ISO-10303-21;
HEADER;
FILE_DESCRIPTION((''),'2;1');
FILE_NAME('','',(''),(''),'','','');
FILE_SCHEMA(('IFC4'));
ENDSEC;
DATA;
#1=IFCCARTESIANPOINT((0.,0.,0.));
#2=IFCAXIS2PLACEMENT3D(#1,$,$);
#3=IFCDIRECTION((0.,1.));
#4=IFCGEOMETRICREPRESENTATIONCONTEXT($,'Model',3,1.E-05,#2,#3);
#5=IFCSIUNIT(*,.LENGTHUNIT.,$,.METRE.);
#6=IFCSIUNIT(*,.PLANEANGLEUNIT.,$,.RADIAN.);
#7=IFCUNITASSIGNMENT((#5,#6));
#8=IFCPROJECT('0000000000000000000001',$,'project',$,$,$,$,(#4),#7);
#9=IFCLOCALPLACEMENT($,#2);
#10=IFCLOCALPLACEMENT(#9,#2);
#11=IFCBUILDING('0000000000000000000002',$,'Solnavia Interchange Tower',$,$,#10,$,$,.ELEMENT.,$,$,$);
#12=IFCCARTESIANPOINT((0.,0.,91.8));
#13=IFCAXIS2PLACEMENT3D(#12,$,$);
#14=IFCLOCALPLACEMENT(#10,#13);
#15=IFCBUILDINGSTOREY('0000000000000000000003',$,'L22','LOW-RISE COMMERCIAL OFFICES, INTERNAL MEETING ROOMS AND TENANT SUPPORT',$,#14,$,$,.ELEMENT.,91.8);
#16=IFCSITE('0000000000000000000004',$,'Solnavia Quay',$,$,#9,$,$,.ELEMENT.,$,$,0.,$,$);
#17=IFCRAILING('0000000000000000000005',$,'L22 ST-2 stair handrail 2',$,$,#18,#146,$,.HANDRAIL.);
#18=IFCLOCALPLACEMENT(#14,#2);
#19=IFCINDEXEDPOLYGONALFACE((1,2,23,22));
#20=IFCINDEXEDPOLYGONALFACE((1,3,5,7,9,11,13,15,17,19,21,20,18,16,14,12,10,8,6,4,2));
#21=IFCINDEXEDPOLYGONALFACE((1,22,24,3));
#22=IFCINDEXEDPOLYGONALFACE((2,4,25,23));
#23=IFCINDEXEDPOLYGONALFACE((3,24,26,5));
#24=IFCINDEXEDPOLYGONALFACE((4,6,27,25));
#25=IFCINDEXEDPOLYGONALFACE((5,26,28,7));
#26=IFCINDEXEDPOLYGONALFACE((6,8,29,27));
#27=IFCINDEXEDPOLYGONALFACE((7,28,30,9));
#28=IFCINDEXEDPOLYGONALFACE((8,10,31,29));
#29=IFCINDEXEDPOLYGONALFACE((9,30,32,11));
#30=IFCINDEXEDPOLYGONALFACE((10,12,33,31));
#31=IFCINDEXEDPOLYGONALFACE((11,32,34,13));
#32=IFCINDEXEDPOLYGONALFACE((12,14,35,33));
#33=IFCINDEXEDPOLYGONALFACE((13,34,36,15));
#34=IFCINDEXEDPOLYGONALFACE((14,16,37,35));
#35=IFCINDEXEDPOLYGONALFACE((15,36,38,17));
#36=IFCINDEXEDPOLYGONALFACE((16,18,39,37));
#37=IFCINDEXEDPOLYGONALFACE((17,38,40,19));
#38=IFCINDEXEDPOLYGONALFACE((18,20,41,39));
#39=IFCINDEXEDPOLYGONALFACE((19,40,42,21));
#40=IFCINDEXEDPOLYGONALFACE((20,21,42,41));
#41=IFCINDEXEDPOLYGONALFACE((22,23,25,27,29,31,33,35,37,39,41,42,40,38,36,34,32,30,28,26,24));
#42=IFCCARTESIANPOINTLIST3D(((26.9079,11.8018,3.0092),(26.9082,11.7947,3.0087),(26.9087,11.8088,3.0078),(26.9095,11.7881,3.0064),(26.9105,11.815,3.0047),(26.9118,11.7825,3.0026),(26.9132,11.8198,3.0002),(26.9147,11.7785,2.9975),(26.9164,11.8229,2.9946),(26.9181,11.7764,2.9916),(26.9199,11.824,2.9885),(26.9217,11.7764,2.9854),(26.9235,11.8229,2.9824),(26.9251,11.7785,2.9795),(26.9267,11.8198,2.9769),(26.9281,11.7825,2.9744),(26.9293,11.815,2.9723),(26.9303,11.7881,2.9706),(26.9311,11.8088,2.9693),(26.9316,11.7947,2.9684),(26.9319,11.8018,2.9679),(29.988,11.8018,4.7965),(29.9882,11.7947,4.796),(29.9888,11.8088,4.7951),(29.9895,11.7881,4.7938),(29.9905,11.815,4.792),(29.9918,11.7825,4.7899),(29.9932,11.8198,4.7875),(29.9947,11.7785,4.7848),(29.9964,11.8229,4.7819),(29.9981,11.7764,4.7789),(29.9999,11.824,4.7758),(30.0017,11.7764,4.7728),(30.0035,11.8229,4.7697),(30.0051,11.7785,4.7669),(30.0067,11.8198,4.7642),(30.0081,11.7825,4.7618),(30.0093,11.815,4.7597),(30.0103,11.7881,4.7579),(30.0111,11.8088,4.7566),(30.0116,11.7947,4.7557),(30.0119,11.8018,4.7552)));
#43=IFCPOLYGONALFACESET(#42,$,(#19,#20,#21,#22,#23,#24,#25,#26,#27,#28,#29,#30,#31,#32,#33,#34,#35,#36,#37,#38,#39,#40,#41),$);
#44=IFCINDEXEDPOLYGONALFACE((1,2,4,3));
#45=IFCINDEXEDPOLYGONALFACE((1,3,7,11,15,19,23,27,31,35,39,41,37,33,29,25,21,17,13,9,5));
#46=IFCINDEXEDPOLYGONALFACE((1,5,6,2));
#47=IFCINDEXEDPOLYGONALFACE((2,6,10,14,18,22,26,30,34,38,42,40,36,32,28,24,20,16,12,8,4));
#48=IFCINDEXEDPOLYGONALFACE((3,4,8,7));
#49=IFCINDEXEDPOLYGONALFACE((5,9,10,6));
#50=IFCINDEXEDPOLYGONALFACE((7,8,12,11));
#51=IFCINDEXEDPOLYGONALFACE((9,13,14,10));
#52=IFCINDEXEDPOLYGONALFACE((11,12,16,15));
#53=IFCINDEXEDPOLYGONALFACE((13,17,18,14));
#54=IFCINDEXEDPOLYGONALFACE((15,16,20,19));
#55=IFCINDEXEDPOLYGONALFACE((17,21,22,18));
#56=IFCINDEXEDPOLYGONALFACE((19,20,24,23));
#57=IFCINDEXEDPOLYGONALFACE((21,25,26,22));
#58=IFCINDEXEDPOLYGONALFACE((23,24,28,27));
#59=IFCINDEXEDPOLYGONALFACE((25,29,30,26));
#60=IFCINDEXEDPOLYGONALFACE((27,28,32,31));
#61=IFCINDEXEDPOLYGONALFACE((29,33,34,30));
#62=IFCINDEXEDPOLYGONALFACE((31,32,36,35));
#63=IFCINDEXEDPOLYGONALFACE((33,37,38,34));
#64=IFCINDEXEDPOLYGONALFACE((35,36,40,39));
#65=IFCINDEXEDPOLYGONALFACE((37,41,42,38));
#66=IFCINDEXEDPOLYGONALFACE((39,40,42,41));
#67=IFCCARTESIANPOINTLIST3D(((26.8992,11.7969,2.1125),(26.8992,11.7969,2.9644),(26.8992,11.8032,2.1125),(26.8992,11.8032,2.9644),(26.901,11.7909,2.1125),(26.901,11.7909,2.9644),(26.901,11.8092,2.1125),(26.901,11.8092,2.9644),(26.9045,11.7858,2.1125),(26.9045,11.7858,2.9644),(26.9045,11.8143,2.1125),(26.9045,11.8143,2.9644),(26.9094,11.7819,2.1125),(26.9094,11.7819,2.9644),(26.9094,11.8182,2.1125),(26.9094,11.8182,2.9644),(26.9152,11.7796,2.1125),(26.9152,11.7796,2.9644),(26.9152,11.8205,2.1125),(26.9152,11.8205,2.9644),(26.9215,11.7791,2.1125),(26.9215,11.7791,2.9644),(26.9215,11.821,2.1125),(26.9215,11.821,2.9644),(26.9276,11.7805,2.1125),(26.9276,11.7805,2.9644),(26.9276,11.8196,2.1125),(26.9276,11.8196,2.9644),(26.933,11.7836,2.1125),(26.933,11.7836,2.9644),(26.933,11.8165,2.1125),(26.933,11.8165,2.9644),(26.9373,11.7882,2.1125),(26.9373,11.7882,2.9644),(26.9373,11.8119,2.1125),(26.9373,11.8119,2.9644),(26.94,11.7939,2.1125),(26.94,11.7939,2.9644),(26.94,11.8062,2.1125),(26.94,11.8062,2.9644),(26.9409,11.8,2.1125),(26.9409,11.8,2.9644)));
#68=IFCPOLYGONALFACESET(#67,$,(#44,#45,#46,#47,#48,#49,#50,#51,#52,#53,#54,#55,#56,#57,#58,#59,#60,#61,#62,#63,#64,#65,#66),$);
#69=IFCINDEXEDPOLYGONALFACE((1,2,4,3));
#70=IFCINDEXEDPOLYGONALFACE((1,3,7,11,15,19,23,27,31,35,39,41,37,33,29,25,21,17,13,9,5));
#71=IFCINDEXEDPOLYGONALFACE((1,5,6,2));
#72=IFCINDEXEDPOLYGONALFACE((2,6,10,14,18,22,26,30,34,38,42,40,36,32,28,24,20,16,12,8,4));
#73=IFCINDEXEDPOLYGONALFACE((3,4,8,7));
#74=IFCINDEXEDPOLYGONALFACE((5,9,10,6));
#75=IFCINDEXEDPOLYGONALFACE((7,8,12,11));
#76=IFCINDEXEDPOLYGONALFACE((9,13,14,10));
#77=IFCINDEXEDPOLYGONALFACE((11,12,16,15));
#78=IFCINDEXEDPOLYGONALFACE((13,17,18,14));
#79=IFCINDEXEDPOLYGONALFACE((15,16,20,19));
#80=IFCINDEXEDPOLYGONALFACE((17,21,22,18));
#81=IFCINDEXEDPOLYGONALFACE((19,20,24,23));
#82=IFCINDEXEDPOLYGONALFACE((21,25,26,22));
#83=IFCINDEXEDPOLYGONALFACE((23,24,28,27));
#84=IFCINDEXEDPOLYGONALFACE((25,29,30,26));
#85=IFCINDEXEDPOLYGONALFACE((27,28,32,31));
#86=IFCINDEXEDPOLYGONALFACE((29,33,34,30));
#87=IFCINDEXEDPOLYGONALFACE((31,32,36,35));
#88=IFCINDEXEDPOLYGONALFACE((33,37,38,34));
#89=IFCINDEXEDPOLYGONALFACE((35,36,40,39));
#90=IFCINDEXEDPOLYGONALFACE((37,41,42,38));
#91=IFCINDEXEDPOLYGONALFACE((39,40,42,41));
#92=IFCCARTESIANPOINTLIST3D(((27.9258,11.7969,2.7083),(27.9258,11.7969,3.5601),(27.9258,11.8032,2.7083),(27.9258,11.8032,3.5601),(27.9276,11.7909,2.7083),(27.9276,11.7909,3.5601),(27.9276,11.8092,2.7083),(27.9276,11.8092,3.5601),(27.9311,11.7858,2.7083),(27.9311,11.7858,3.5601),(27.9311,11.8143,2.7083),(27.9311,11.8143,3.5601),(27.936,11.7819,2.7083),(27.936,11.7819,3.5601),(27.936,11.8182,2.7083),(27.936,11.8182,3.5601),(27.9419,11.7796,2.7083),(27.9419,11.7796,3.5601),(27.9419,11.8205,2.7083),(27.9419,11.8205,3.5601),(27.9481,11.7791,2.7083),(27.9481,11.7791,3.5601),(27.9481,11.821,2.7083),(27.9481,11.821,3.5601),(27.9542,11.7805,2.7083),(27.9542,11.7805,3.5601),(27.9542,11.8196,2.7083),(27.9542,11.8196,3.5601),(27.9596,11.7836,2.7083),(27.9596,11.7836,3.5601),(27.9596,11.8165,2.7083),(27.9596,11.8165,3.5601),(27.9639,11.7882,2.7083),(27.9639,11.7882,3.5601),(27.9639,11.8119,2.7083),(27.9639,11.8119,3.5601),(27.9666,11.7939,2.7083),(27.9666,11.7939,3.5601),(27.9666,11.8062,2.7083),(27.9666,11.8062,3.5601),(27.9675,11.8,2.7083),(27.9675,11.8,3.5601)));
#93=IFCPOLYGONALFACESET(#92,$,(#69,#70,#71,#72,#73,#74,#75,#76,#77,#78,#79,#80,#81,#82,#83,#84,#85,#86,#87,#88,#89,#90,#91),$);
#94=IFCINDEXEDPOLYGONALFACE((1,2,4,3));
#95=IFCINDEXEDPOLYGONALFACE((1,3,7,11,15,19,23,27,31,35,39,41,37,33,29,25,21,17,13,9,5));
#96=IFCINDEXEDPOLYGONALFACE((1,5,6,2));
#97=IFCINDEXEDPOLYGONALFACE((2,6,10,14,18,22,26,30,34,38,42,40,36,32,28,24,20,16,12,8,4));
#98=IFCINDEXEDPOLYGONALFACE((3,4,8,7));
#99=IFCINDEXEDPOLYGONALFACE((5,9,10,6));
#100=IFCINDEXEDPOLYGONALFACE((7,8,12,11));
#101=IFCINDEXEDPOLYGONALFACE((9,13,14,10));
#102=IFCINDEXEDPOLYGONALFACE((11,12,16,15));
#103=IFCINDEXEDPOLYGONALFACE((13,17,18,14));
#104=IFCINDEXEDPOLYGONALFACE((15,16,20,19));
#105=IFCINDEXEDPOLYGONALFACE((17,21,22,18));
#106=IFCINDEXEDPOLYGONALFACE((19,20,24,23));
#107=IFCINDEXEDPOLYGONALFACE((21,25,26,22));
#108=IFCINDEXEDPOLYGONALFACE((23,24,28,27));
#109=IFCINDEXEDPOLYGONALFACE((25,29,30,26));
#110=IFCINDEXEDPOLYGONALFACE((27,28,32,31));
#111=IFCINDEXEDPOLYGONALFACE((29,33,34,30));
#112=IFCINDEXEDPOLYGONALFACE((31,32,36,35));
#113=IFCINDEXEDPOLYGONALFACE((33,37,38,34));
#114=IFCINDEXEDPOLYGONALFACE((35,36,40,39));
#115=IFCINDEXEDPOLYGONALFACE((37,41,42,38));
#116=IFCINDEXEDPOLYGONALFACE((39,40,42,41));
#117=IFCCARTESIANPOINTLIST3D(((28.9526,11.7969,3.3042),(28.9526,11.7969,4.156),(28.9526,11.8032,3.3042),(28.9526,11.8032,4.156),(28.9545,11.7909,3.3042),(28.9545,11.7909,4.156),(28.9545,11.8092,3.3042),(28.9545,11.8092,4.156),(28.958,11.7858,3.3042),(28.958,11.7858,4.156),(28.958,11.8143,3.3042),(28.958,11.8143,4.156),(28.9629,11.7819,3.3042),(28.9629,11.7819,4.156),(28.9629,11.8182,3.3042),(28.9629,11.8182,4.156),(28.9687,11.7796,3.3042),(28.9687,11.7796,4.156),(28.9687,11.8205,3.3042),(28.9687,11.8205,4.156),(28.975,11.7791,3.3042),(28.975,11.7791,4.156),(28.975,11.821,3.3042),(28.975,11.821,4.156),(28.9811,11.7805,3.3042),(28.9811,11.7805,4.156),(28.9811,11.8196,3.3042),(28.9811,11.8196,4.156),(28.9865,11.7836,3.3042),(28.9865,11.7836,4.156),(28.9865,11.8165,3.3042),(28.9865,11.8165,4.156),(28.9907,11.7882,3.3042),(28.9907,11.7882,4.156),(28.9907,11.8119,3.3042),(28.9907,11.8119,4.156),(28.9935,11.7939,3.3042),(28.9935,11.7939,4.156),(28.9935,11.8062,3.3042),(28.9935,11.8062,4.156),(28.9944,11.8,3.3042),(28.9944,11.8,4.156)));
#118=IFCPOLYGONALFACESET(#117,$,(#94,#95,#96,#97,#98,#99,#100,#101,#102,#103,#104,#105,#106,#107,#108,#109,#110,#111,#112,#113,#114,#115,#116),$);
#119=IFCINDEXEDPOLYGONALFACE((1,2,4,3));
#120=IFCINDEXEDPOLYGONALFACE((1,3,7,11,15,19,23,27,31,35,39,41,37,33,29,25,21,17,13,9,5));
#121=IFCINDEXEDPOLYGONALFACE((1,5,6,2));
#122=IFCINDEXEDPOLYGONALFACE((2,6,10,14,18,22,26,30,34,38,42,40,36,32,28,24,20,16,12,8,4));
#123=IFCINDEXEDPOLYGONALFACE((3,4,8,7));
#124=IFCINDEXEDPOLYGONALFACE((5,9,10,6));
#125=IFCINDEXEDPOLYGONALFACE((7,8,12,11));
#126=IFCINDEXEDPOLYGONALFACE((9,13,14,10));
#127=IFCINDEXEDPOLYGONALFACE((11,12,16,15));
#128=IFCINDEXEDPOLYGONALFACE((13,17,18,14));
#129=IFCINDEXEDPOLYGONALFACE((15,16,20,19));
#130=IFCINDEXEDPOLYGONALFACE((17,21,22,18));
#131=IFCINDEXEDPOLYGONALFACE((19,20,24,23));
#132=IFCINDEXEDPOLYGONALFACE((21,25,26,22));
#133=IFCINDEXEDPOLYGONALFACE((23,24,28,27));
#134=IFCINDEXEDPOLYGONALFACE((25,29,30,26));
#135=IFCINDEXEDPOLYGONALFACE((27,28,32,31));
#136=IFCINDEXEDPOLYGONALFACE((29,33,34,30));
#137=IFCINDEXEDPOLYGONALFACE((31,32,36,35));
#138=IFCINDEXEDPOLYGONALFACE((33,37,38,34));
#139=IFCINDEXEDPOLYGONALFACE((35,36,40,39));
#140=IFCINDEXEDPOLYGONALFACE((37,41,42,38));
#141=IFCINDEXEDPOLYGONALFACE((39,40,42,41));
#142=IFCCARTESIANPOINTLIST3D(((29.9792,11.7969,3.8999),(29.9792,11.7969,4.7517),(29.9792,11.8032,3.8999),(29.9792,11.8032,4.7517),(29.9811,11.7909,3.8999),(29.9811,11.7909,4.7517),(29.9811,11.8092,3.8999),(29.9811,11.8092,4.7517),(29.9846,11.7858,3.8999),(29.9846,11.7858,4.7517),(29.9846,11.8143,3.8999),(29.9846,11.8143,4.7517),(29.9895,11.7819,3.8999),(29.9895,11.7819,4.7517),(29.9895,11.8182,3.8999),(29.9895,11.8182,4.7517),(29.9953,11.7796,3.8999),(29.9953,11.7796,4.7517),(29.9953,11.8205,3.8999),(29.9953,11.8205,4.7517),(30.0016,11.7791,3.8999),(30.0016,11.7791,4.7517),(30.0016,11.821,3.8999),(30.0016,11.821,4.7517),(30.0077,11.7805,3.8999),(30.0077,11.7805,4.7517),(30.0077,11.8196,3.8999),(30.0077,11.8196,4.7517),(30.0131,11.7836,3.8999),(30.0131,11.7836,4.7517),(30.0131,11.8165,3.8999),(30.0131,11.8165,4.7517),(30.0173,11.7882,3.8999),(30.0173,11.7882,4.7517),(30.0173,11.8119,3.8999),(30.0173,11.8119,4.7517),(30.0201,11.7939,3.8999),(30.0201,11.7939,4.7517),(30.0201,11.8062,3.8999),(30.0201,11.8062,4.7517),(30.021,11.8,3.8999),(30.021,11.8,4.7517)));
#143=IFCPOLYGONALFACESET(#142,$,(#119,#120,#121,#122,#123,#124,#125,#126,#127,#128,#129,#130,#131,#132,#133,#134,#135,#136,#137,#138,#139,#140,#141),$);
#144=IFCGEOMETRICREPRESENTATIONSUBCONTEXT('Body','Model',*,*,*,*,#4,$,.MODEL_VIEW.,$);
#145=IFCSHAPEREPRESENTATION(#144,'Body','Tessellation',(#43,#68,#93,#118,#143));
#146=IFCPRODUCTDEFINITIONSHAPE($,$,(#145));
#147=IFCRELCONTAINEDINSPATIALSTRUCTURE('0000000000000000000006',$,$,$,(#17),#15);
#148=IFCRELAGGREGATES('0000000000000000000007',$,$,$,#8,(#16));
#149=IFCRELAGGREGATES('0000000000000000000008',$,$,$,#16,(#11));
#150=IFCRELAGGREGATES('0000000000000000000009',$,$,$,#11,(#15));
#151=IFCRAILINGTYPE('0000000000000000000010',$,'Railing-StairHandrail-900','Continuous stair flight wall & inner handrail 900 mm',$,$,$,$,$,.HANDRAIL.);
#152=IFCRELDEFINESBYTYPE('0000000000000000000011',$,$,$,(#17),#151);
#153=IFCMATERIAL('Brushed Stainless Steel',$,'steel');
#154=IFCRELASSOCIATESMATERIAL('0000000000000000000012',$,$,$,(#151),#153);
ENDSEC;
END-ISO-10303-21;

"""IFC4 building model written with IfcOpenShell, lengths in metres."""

from ifc_helpers import new_model, si_unit, direction, frame, origin, origin_2d, place, context, subcontext, project, spatial, circle, extrude, material, type_object, element, save


model = new_model("IFC4")

# Units and contexts
model_context = context("Model", 3, precision=1e-05, world=origin(), true_north=direction((0.0, 1.0)))
body_context = subcontext(model_context, "Body", "Model", "MODEL_VIEW")
ifc_project = project(units=[si_unit("LENGTHUNIT", "METRE"), si_unit("PLANEANGLEUNIT", "RADIAN")], contexts=[model_context])

# Site, building, storey
site_placement = place(None, origin())
site = spatial("IfcSite", under=ifc_project, at=site_placement, Name="Solnavia Quay", CompositionType="ELEMENT", RefElevation=0.0)
building_placement = place(site_placement, origin())
building = spatial("IfcBuilding", under=site, at=building_placement, Name="Solnavia Interchange Tower", CompositionType="ELEMENT")
storey_placement = place(building_placement, frame((0.0, 0.0, 91.8)))
storey = spatial("IfcBuildingStorey", under=building, at=storey_placement, Name="L22", Description="LOW-RISE COMMERCIAL OFFICES, INTERNAL MEETING ROOMS AND TENANT SUPPORT", CompositionType="ELEMENT", Elevation=91.8)

# Railing
ifc_material_1 = material(Name="Brushed Stainless Steel", Category="steel")
railing_type_1 = type_object("IfcRailingType", Name="Railing-StairHandrail-900", Description="Continuous stair flight wall & inner handrail 900 mm", PredefinedType="HANDRAIL", material=ifc_material_1)
railing_1_placement = place(storey_placement, frame((26.9199, 11.8, 2.1125)))
element("IfcRailing", 1, at=railing_1_placement, inside=storey, type_object=railing_type_1, Name="L22 ST-2 stair handrail 2", PredefinedType="HANDRAIL", context=body_context, shape_type="SweptSolid", body=[
    extrude(circle(Radius=0.0239, at=origin_2d()), frame((0.0, 0.0, 0.876), z_axis=(0.86492, 0.0, 0.501909), x_axis=(0.0, 1.0, 0.0)), (0.0, 0.0, 1.0), 3.561),
    extrude(circle(Radius=0.021, at=origin_2d()), origin(), (0.0, 0.0, 1.0), 0.8518),
    extrude(circle(Radius=0.021, at=origin_2d()), frame((1.0266, 0.0, 0.5957)), (0.0, 0.0, 1.0), 0.8518),
    extrude(circle(Radius=0.021, at=origin_2d()), frame((2.0535, 0.0, 1.1917)), (0.0, 0.0, 1.0), 0.8518),
    extrude(circle(Radius=0.021, at=origin_2d()), frame((3.0801, 0.0, 1.7874)), (0.0, 0.0, 1.0), 0.8518),
])

save(model, "model.ifc")
